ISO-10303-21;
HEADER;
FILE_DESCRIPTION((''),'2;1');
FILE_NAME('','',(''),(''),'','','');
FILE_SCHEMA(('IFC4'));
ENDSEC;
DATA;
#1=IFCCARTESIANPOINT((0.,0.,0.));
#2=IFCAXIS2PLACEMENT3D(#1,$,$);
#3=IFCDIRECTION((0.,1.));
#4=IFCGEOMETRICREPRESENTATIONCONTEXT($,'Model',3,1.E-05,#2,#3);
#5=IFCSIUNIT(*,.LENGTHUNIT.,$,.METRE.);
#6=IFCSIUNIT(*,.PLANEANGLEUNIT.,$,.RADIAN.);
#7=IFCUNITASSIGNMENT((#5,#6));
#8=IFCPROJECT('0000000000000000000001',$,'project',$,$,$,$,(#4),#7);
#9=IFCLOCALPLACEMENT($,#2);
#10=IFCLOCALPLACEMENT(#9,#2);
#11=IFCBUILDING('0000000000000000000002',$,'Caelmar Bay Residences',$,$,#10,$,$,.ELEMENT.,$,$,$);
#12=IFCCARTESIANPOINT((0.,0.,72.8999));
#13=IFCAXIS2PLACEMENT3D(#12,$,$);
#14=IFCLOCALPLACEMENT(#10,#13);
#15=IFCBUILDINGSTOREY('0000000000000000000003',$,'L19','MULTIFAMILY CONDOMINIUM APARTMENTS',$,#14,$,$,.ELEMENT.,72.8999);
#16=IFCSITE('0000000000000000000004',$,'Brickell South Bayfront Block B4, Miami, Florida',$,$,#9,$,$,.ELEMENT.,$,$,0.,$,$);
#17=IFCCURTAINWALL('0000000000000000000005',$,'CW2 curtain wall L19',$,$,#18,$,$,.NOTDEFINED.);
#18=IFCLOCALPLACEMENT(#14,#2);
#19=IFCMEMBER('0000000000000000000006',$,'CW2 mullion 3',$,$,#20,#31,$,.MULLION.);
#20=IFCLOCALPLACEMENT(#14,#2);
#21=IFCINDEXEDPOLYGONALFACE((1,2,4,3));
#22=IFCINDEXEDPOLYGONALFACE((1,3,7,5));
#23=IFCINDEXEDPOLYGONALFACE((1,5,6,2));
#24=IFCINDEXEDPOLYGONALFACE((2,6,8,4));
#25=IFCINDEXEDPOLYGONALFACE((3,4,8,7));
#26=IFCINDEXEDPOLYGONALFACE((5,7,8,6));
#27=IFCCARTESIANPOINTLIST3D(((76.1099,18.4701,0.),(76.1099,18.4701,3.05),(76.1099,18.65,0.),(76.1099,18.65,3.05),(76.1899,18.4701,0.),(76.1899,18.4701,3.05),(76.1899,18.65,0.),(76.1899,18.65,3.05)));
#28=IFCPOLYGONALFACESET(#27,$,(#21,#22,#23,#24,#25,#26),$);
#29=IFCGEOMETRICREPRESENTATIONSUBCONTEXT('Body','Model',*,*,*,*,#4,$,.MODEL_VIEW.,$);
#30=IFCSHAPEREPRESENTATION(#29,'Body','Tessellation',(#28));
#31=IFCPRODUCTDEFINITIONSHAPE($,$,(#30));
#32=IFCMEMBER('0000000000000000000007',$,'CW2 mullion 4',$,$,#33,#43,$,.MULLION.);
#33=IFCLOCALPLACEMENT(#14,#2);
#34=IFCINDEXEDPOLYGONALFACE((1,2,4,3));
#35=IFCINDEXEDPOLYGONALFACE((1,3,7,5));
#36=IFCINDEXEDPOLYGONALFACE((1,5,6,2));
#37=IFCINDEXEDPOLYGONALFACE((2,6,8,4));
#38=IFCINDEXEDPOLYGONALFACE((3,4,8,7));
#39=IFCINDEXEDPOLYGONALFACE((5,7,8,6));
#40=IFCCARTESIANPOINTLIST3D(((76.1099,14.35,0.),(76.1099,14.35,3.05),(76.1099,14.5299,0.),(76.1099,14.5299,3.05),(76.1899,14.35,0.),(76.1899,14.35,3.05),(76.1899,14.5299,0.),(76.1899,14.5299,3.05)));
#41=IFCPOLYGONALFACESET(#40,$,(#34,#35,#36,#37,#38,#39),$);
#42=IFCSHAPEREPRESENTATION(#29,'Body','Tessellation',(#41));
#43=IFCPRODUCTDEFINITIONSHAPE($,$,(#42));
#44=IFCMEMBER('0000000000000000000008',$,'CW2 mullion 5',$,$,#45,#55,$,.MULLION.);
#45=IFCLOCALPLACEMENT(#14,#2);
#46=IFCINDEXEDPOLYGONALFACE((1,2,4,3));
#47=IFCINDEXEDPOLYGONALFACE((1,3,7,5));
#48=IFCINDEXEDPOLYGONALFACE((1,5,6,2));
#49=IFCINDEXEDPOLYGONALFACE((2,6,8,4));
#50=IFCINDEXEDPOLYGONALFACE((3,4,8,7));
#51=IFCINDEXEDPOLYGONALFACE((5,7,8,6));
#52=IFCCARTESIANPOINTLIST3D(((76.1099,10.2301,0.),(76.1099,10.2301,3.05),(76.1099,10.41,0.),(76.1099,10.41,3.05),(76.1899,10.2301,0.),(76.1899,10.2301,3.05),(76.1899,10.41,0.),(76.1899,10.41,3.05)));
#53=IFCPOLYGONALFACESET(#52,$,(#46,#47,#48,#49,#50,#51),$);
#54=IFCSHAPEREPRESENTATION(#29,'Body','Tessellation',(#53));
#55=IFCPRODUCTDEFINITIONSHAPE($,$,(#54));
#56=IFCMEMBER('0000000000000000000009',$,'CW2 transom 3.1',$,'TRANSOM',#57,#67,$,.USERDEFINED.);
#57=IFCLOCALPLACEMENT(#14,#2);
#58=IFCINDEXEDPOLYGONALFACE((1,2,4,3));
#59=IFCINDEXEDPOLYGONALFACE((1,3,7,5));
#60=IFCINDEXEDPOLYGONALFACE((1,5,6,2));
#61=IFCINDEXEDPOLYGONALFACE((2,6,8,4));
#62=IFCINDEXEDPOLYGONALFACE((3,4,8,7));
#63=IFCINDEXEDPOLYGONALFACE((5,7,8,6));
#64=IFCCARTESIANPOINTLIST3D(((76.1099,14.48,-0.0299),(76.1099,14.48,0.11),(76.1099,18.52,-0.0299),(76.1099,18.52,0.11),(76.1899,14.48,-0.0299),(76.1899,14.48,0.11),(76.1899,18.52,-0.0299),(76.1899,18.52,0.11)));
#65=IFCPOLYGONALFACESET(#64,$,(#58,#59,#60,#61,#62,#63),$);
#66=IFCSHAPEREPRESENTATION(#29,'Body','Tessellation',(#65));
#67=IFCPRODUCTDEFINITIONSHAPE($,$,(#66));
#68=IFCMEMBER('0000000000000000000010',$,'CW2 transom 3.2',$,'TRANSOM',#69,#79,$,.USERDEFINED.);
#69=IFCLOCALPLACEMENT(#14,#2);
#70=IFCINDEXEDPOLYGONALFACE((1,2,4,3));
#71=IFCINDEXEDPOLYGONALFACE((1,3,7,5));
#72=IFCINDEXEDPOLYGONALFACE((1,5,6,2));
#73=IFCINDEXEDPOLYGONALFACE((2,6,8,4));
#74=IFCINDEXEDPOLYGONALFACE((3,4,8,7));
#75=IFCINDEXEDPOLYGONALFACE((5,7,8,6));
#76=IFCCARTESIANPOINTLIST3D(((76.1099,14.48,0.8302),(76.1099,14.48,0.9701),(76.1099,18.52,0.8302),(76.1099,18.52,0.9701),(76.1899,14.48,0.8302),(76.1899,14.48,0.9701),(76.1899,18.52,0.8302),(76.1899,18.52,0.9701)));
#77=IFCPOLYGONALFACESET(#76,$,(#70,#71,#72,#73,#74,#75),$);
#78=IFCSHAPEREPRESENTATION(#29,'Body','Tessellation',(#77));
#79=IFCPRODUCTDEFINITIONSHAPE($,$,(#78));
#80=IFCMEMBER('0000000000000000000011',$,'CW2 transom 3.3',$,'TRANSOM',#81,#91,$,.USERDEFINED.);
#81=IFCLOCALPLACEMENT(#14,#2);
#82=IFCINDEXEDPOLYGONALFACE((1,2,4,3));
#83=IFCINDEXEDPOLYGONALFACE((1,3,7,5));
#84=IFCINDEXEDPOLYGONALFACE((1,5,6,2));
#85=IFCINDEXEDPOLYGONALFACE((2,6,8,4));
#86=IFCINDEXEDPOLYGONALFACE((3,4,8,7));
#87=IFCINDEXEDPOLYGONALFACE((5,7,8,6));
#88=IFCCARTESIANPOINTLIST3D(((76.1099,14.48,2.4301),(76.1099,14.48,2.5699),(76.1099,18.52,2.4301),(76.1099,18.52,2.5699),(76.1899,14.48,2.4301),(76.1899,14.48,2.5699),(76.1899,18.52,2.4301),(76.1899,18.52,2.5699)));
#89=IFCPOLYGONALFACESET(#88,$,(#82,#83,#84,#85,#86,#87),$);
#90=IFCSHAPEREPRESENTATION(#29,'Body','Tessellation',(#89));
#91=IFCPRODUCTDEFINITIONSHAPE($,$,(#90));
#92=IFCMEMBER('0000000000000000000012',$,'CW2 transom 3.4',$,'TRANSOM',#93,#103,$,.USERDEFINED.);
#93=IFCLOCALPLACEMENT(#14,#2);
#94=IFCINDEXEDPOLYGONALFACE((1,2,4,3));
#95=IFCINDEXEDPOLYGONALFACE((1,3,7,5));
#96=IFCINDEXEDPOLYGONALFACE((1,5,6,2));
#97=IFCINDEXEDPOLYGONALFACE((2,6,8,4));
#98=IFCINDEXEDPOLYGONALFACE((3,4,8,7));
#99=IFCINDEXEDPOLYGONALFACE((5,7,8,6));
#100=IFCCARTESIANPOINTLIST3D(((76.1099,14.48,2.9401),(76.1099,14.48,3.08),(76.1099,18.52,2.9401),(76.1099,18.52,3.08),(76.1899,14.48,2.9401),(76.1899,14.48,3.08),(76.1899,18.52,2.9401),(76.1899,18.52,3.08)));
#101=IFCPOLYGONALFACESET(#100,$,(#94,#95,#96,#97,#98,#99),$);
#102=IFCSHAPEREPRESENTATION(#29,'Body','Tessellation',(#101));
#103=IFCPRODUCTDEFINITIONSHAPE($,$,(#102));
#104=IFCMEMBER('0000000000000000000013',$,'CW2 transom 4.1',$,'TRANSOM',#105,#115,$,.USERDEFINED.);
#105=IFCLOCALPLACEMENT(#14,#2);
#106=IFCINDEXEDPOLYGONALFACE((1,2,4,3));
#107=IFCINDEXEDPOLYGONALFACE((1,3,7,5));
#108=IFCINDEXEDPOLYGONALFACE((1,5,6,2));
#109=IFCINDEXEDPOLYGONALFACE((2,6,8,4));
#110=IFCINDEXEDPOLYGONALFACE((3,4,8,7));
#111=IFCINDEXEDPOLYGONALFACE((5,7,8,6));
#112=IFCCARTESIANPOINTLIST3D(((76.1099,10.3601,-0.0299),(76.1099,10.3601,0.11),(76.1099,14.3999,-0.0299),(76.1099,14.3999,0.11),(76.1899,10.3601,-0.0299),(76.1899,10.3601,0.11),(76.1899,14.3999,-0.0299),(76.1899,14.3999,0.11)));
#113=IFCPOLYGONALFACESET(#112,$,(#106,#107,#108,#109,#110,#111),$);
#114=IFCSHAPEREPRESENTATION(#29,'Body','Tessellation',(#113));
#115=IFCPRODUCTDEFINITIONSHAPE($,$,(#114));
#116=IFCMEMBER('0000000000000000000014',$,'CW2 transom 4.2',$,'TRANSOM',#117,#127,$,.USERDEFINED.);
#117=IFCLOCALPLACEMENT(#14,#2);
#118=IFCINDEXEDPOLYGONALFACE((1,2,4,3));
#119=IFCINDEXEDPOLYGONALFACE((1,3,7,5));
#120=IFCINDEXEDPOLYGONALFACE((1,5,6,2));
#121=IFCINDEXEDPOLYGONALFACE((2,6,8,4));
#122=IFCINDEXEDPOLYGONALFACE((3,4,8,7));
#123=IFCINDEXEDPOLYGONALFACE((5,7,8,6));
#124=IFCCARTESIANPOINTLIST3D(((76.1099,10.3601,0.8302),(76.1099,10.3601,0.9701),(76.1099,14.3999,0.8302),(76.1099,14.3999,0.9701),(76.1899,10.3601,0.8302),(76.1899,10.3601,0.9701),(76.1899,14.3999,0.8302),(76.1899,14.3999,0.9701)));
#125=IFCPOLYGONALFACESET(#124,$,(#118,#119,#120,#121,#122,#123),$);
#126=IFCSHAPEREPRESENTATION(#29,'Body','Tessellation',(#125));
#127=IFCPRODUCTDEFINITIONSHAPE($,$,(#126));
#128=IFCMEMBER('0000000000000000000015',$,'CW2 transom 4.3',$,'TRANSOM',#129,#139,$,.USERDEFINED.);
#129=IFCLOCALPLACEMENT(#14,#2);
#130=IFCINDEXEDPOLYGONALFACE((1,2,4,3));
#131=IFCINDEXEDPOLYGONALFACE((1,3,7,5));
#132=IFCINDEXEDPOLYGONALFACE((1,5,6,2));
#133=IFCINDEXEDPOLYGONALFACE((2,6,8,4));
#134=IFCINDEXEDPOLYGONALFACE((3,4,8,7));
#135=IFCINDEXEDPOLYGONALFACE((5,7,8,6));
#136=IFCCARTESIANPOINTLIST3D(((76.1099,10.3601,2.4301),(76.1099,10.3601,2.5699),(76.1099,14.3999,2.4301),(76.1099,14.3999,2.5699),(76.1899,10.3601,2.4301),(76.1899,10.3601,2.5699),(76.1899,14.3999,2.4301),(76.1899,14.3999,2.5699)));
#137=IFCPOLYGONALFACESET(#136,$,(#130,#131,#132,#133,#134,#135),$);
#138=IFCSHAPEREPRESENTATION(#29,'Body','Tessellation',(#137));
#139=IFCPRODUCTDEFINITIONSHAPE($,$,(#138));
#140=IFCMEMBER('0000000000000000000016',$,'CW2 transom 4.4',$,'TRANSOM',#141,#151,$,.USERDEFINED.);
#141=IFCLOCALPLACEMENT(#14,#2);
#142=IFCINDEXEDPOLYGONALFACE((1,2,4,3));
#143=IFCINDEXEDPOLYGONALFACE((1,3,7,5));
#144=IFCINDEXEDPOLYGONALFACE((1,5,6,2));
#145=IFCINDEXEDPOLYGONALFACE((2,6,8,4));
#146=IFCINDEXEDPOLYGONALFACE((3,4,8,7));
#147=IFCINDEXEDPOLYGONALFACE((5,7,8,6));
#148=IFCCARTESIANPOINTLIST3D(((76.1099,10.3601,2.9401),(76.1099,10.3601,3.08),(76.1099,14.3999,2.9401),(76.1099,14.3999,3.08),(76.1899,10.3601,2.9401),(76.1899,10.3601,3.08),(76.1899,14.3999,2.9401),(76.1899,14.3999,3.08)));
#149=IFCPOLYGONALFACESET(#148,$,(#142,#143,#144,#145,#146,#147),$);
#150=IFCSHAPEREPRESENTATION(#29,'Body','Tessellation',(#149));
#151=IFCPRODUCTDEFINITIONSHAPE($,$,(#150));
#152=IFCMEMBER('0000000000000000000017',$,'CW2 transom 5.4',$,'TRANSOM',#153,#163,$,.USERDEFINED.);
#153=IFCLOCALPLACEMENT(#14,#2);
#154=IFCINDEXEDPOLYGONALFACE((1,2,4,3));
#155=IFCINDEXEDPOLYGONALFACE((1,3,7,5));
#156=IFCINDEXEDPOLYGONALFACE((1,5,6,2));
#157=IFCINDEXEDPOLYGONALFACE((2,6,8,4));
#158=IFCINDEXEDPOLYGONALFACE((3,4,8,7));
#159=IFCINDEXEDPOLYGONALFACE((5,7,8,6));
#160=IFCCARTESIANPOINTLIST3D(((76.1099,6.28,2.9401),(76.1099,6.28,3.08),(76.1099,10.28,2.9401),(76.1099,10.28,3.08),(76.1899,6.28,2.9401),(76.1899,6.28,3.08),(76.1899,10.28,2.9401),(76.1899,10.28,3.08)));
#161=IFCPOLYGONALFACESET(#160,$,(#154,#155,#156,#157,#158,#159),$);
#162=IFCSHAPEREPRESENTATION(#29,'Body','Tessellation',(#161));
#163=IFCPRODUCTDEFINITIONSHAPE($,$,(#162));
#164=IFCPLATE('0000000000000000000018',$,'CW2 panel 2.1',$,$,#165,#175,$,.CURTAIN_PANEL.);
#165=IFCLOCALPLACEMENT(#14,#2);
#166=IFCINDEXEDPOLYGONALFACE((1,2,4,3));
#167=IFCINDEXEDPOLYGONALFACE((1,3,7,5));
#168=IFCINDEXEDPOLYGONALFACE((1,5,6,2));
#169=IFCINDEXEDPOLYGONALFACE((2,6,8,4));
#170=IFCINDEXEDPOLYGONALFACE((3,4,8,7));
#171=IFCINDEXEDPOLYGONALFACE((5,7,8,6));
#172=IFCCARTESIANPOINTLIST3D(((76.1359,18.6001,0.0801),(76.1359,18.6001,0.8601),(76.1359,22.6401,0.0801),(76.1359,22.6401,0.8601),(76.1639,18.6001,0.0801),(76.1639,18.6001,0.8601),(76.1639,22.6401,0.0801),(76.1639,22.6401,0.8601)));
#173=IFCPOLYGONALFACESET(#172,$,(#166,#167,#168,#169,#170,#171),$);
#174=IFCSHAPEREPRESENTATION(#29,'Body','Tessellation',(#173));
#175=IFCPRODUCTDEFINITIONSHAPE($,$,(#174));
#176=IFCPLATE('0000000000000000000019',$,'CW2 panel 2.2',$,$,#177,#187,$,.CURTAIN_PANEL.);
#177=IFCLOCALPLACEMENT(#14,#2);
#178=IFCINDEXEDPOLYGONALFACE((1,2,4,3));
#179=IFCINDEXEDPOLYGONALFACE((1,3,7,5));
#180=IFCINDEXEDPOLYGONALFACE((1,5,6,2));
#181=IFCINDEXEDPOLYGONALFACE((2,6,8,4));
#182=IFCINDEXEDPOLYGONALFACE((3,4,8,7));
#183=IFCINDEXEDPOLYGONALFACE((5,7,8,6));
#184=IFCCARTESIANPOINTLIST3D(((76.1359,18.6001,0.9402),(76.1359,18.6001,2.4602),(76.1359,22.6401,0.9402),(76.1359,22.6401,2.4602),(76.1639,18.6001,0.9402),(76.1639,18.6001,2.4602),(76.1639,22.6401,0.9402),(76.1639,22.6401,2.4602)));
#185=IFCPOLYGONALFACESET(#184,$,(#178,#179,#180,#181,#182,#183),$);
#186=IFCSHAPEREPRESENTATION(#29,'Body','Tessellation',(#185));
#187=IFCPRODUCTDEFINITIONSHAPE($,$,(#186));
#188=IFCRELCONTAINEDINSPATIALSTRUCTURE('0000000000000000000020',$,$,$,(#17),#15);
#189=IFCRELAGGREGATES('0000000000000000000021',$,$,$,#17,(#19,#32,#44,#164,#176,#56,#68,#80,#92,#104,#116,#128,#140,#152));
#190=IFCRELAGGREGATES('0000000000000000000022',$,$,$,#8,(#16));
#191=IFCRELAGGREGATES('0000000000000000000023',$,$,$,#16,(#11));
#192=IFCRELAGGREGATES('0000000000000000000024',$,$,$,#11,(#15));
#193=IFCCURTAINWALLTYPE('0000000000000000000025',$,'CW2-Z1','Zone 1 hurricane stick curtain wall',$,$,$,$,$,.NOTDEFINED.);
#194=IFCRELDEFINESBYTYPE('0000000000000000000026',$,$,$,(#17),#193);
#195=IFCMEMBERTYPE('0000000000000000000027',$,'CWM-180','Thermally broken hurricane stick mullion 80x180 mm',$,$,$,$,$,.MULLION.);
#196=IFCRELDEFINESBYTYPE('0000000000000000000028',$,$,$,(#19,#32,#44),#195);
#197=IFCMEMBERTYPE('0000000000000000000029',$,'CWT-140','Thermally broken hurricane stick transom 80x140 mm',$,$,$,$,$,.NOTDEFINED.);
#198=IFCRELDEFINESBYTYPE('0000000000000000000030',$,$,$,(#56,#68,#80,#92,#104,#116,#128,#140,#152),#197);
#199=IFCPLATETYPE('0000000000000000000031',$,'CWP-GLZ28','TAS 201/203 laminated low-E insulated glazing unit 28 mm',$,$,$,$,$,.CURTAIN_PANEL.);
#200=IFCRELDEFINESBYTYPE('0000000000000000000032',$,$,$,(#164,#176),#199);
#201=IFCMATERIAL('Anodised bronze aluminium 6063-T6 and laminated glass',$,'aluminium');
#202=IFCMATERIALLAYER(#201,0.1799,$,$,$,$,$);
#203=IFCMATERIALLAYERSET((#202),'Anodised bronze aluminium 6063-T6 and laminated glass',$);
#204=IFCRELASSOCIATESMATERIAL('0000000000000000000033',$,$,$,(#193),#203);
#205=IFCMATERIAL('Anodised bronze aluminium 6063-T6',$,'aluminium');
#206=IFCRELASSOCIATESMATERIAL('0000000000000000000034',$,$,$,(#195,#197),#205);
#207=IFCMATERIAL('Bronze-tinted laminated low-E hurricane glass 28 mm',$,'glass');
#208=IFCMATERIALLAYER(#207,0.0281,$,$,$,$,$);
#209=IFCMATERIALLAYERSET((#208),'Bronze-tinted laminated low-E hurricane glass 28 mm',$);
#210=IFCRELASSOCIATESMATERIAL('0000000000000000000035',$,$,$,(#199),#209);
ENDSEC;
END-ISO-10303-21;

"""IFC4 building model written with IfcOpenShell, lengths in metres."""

from ifc_helpers import new_model, si_unit, direction, frame, origin, origin_2d, place, context, subcontext, project, spatial, rectangle, extrude, material, layer, layer_set, material_profile, profile_set, type_object, element, aggregate, save


model = new_model("IFC4")

# Units and contexts
model_context = context("Model", 3, precision=1e-05, world=origin(), true_north=direction((0.0, 1.0)))
body_context = subcontext(model_context, "Body", "Model", "MODEL_VIEW")
ifc_project = project(units=[si_unit("LENGTHUNIT", "METRE"), si_unit("PLANEANGLEUNIT", "RADIAN")], contexts=[model_context])

# Site, building, storey
site_placement = place(None, origin())
site = spatial("IfcSite", under=ifc_project, at=site_placement, Name="Brickell South Bayfront Block B4, Miami, Florida", CompositionType="ELEMENT", RefElevation=0.0)
building_placement = place(site_placement, origin())
building = spatial("IfcBuilding", under=site, at=building_placement, Name="Caelmar Bay Residences", CompositionType="ELEMENT")
storey_placement = place(building_placement, frame((0.0, 0.0, 72.8999)))
storey = spatial("IfcBuildingStorey", under=building, at=storey_placement, Name="L19", Description="MULTIFAMILY CONDOMINIUM APARTMENTS", CompositionType="ELEMENT", Elevation=72.8999)

# Curtain wall, members, plates
ifc_material_1 = material(Name="Anodised bronze aluminium 6063-T6 and laminated glass", Category="aluminium")
ifc_layer_1 = layer(ifc_material_1, 0.1799)
ifc_layer_set_1 = layer_set([ifc_layer_1], Name="Anodised bronze aluminium 6063-T6 and laminated glass")
curtain_wall_type = type_object("IfcCurtainWallType", Name="CW2-Z1", Description="Zone 1 hurricane stick curtain wall", PredefinedType="NOTDEFINED", material=ifc_layer_set_1)
curtain_wall_placement = place(storey_placement, origin())
curtain_wall = element("IfcCurtainWall", 1, at=curtain_wall_placement, inside=storey, type_object=curtain_wall_type, Name="CW2 curtain wall L19", PredefinedType="NOTDEFINED")
ifc_material_2 = material(Name="Anodised bronze aluminium 6063-T6", Category="aluminium")
ifc_material_profile_1 = material_profile(ifc_material_2, rectangle(XDim=0.0801, YDim=0.1799, at=origin_2d()), Name="CWM-80X180")
ifc_profile_set_1 = profile_set([ifc_material_profile_1], Name="Anodised bronze aluminium 6063-T6")
member_type_1 = type_object("IfcMemberType", Name="CWM-180", Description="Thermally broken hurricane stick mullion 80x180 mm", PredefinedType="MULLION", material=ifc_profile_set_1)
member_1_placement = place(storey_placement, frame((76.1499, 18.5601, 0.0), z_axis=(0.0, 0.0, 1.0), x_axis=(1.0, 0.0, 0.0)))
member_1 = element("IfcMember", 2, at=member_1_placement, type_object=member_type_1, Name="CW2 mullion 3", PredefinedType="MULLION", context=body_context, shape_type="SweptSolid", body=[
    extrude(rectangle(XDim=0.0801, YDim=0.1799, at=origin_2d()), origin(), (0.0, 0.0, 1.0), 3.05),
])
member_2_placement = place(storey_placement, frame((76.1499, 14.4399, 0.0), z_axis=(0.0, 0.0, 1.0), x_axis=(1.0, 0.0, 0.0)))
member_2 = element("IfcMember", 3, at=member_2_placement, type_object=member_type_1, Name="CW2 mullion 4", PredefinedType="MULLION", context=body_context, shape_type="SweptSolid", body=[
    extrude(rectangle(XDim=0.0801, YDim=0.1799, at=origin_2d()), origin(), (0.0, 0.0, 1.0), 3.05),
])
member_3_placement = place(storey_placement, frame((76.1499, 10.3201, 0.0), z_axis=(0.0, 0.0, 1.0), x_axis=(1.0, 0.0, 0.0)))
member_3 = element("IfcMember", 4, at=member_3_placement, type_object=member_type_1, Name="CW2 mullion 5", PredefinedType="MULLION", context=body_context, shape_type="SweptSolid", body=[
    extrude(rectangle(XDim=0.0801, YDim=0.1799, at=origin_2d()), origin(), (0.0, 0.0, 1.0), 3.05),
])
ifc_material_profile_2 = material_profile(ifc_material_2, rectangle(XDim=0.0801, YDim=0.1399, at=origin_2d()), Name="CWT-80X140")
ifc_profile_set_2 = profile_set([ifc_material_profile_2], Name="Anodised bronze aluminium 6063-T6")
member_type_2 = type_object("IfcMemberType", Name="CWT-140", Description="Thermally broken hurricane stick transom 80x140 mm", PredefinedType="NOTDEFINED", material=ifc_profile_set_2)
member_4_placement = place(storey_placement, frame((76.1499, 18.52, 0.04), z_axis=(0.0, -1.0, 0.0), x_axis=(1.0, 0.0, 0.0)))
member_4 = element("IfcMember", 5, at=member_4_placement, type_object=member_type_2, Name="CW2 transom 3.1", ObjectType="TRANSOM", PredefinedType="USERDEFINED", context=body_context, shape_type="SweptSolid", body=[
    extrude(rectangle(XDim=0.0801, YDim=0.1399, at=origin_2d()), origin(), (0.0, 0.0, 1.0), 4.04),
])
member_5_placement = place(storey_placement, frame((76.1499, 18.52, 0.9001), z_axis=(0.0, -1.0, 0.0), x_axis=(1.0, 0.0, 0.0)))
member_5 = element("IfcMember", 6, at=member_5_placement, type_object=member_type_2, Name="CW2 transom 3.2", ObjectType="TRANSOM", PredefinedType="USERDEFINED", context=body_context, shape_type="SweptSolid", body=[
    extrude(rectangle(XDim=0.0801, YDim=0.1399, at=origin_2d()), origin(), (0.0, 0.0, 1.0), 4.04),
])
member_6_placement = place(storey_placement, frame((76.1499, 18.52, 2.5), z_axis=(0.0, -1.0, 0.0), x_axis=(1.0, 0.0, 0.0)))
member_6 = element("IfcMember", 7, at=member_6_placement, type_object=member_type_2, Name="CW2 transom 3.3", ObjectType="TRANSOM", PredefinedType="USERDEFINED", context=body_context, shape_type="SweptSolid", body=[
    extrude(rectangle(XDim=0.0801, YDim=0.1399, at=origin_2d()), origin(), (0.0, 0.0, 1.0), 4.04),
])
member_7_placement = place(storey_placement, frame((76.1499, 18.52, 3.01), z_axis=(0.0, -1.0, 0.0), x_axis=(1.0, 0.0, 0.0)))
member_7 = element("IfcMember", 8, at=member_7_placement, type_object=member_type_2, Name="CW2 transom 3.4", ObjectType="TRANSOM", PredefinedType="USERDEFINED", context=body_context, shape_type="SweptSolid", body=[
    extrude(rectangle(XDim=0.0801, YDim=0.1399, at=origin_2d()), origin(), (0.0, 0.0, 1.0), 4.04),
])
member_8_placement = place(storey_placement, frame((76.1499, 14.3999, 0.04), z_axis=(0.0, -1.0, 0.0), x_axis=(1.0, 0.0, 0.0)))
member_8 = element("IfcMember", 9, at=member_8_placement, type_object=member_type_2, Name="CW2 transom 4.1", ObjectType="TRANSOM", PredefinedType="USERDEFINED", context=body_context, shape_type="SweptSolid", body=[
    extrude(rectangle(XDim=0.0801, YDim=0.1399, at=origin_2d()), origin(), (0.0, 0.0, 1.0), 4.0398),
])
member_9_placement = place(storey_placement, frame((76.1499, 14.3999, 0.9001), z_axis=(0.0, -1.0, 0.0), x_axis=(1.0, 0.0, 0.0)))
member_9 = element("IfcMember", 10, at=member_9_placement, type_object=member_type_2, Name="CW2 transom 4.2", ObjectType="TRANSOM", PredefinedType="USERDEFINED", context=body_context, shape_type="SweptSolid", body=[
    extrude(rectangle(XDim=0.0801, YDim=0.1399, at=origin_2d()), origin(), (0.0, 0.0, 1.0), 4.0398),
])
member_10_placement = place(storey_placement, frame((76.1499, 14.3999, 2.5), z_axis=(0.0, -1.0, 0.0), x_axis=(1.0, 0.0, 0.0)))
member_10 = element("IfcMember", 11, at=member_10_placement, type_object=member_type_2, Name="CW2 transom 4.3", ObjectType="TRANSOM", PredefinedType="USERDEFINED", context=body_context, shape_type="SweptSolid", body=[
    extrude(rectangle(XDim=0.0801, YDim=0.1399, at=origin_2d()), origin(), (0.0, 0.0, 1.0), 4.0398),
])
member_11_placement = place(storey_placement, frame((76.1499, 14.3999, 3.01), z_axis=(0.0, -1.0, 0.0), x_axis=(1.0, 0.0, 0.0)))
member_11 = element("IfcMember", 12, at=member_11_placement, type_object=member_type_2, Name="CW2 transom 4.4", ObjectType="TRANSOM", PredefinedType="USERDEFINED", context=body_context, shape_type="SweptSolid", body=[
    extrude(rectangle(XDim=0.0801, YDim=0.1399, at=origin_2d()), origin(), (0.0, 0.0, 1.0), 4.0398),
])
member_12_placement = place(storey_placement, frame((76.1499, 10.28, 3.01), z_axis=(0.0, -1.0, 0.0), x_axis=(1.0, 0.0, 0.0)))
member_12 = element("IfcMember", 13, at=member_12_placement, type_object=member_type_2, Name="CW2 transom 5.4", ObjectType="TRANSOM", PredefinedType="USERDEFINED", context=body_context, shape_type="SweptSolid", body=[
    extrude(rectangle(XDim=0.0801, YDim=0.1399, at=origin_2d()), origin(), (0.0, 0.0, 1.0), 4.0),
])
ifc_material_3 = material(Name="Bronze-tinted laminated low-E hurricane glass 28 mm", Category="glass")
ifc_layer_2 = layer(ifc_material_3, 0.0281)
ifc_layer_set_2 = layer_set([ifc_layer_2], Name="Bronze-tinted laminated low-E hurricane glass 28 mm")
plate_type = type_object("IfcPlateType", Name="CWP-GLZ28", Description="TAS 201/203 laminated low-E insulated glazing unit 28 mm", PredefinedType="CURTAIN_PANEL", material=ifc_layer_set_2)
plate_1_placement = place(storey_placement, frame((76.1499, 20.6201, 0.0801), z_axis=(0.0, 0.0, 1.0), x_axis=(0.0, -1.0, 0.0)))
plate_1 = element("IfcPlate", 14, at=plate_1_placement, type_object=plate_type, Name="CW2 panel 2.1", PredefinedType="CURTAIN_PANEL", context=body_context, shape_type="SweptSolid", body=[
    extrude(rectangle(XDim=4.04, YDim=0.0281, at=origin_2d()), origin(), (0.0, 0.0, 1.0), 0.78),
])
plate_2_placement = place(storey_placement, frame((76.1499, 20.6201, 0.9402), z_axis=(0.0, 0.0, 1.0), x_axis=(0.0, -1.0, 0.0)))
plate_2 = element("IfcPlate", 15, at=plate_2_placement, type_object=plate_type, Name="CW2 panel 2.2", PredefinedType="CURTAIN_PANEL", context=body_context, shape_type="SweptSolid", body=[
    extrude(rectangle(XDim=4.04, YDim=0.0281, at=origin_2d()), origin(), (0.0, 0.0, 1.0), 1.52),
])
aggregate(curtain_wall, [member_1, member_2, member_3, plate_1, plate_2, member_4, member_5, member_6, member_7, member_8, member_9, member_10, member_11, member_12])

save(model, "model.ifc")
